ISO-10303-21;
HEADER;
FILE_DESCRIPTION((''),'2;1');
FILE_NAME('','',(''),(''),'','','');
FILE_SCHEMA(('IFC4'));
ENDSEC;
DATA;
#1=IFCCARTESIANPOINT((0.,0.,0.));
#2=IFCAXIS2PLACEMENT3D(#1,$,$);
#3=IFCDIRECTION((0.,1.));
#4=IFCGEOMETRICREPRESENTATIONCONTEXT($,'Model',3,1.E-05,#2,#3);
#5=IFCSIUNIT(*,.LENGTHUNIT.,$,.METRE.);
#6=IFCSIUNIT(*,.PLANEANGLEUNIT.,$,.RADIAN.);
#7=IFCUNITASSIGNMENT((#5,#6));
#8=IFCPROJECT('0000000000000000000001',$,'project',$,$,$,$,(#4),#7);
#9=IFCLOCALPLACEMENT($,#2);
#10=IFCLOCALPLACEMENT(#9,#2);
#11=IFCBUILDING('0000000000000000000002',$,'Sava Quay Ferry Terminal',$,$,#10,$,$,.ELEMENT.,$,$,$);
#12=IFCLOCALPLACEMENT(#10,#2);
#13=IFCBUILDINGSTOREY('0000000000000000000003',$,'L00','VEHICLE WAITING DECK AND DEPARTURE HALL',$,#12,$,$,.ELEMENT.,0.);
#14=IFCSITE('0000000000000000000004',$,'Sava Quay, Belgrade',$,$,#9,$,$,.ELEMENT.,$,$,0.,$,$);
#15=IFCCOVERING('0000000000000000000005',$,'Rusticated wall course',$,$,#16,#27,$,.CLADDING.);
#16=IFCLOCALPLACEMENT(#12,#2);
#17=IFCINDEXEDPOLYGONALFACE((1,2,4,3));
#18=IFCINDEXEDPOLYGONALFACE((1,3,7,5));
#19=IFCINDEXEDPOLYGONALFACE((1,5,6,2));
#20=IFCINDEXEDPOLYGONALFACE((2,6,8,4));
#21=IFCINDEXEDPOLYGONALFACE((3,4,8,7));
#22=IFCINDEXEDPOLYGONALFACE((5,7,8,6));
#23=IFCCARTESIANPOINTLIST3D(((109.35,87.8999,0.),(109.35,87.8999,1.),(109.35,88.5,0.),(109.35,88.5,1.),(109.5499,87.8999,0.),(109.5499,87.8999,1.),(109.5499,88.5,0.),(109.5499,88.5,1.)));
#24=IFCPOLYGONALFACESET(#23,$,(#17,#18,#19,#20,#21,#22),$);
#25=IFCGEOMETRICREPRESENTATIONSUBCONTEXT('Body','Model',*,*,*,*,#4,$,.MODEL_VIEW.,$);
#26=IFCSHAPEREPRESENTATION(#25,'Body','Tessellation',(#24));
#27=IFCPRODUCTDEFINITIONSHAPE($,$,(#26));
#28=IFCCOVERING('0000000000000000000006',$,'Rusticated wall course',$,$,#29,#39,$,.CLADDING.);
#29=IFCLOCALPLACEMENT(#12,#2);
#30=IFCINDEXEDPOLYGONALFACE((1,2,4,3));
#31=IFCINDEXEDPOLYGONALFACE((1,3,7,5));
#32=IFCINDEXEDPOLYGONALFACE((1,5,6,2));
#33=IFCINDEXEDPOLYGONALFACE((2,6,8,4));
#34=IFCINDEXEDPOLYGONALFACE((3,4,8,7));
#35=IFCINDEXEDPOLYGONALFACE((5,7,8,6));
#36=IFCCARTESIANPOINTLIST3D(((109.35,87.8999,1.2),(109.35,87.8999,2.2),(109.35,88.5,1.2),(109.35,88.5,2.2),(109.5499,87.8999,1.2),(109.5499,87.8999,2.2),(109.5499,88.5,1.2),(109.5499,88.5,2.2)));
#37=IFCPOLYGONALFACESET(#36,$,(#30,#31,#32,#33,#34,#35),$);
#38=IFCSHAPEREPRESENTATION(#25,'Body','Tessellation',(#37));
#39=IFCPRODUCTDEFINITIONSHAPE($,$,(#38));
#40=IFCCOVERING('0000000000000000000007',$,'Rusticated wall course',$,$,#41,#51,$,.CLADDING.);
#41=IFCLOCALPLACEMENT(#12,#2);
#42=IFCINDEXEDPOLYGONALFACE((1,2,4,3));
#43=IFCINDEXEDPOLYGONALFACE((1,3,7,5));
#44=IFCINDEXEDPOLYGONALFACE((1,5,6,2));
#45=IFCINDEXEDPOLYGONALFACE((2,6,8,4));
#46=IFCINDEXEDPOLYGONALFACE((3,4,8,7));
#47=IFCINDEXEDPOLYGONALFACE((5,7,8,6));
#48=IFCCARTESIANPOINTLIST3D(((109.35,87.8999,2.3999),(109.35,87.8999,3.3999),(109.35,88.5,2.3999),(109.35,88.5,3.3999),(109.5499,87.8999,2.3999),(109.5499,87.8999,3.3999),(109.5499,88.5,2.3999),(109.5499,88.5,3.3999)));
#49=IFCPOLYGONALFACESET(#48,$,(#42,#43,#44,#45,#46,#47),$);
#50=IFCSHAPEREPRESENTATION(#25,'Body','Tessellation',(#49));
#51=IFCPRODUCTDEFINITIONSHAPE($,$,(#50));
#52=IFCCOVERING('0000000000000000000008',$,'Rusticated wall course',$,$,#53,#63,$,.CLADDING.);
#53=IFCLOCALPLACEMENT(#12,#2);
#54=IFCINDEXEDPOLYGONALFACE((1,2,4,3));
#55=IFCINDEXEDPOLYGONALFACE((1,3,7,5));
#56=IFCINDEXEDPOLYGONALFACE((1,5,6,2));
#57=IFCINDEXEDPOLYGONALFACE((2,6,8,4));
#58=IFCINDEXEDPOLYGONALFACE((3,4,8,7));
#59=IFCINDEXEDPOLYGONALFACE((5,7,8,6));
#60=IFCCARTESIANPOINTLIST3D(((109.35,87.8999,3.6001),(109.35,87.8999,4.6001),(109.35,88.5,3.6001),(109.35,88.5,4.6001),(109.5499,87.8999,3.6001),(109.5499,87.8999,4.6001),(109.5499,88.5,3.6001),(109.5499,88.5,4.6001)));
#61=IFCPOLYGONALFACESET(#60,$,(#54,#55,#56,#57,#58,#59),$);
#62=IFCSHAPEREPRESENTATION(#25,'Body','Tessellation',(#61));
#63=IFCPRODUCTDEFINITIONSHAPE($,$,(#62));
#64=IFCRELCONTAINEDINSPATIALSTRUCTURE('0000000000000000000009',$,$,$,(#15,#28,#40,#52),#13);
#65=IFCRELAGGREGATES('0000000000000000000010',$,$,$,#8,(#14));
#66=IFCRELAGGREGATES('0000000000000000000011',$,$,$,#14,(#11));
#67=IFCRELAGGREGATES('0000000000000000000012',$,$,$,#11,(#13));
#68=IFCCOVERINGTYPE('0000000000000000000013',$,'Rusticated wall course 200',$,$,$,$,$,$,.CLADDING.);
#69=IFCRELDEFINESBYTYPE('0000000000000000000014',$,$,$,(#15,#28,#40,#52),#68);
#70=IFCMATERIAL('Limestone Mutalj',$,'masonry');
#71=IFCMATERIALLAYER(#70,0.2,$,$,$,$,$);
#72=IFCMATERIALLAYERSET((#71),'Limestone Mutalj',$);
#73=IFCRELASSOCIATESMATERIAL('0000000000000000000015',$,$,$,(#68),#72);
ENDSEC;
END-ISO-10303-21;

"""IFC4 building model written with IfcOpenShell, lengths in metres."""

from ifc_helpers import new_model, si_unit, direction, frame, origin, origin_2d, place, context, subcontext, project, spatial, rectangle, extrude, material, layer, layer_set, type_object, element, save


model = new_model("IFC4")

# Units and contexts
model_context = context("Model", 3, precision=1e-05, world=origin(), true_north=direction((0.0, 1.0)))
body_context = subcontext(model_context, "Body", "Model", "MODEL_VIEW")
ifc_project = project(units=[si_unit("LENGTHUNIT", "METRE"), si_unit("PLANEANGLEUNIT", "RADIAN")], contexts=[model_context])

# Site, building, storey
site_placement = place(None, origin())
site = spatial("IfcSite", under=ifc_project, at=site_placement, Name="Sava Quay, Belgrade", CompositionType="ELEMENT", RefElevation=0.0)
building_placement = place(site_placement, origin())
building = spatial("IfcBuilding", under=site, at=building_placement, Name="Sava Quay Ferry Terminal", CompositionType="ELEMENT")
storey_placement = place(building_placement, origin())
storey = spatial("IfcBuildingStorey", under=building, at=storey_placement, Name="L00", Description="VEHICLE WAITING DECK AND DEPARTURE HALL", CompositionType="ELEMENT", Elevation=0.0)

# Coverings
ifc_material_1 = material(Name="Limestone Mutalj", Category="masonry")
ifc_layer_1 = layer(ifc_material_1, 0.2)
ifc_layer_set_1 = layer_set([ifc_layer_1], Name="Limestone Mutalj")
covering_type_1 = type_object("IfcCoveringType", Name="Rusticated wall course 200", PredefinedType="CLADDING", material=ifc_layer_set_1)
for number, where, z_axis, x_axis, name in (
    (1, (109.45, 88.2, 0.0), (0.0, 0.0, 1.0), (1.0, 0.0, 0.0), "Rusticated wall course"),
    (2, (109.45, 88.2, 1.2), (0.0, 0.0, 1.0), (1.0, 0.0, 0.0), "Rusticated wall course"),
    (3, (109.45, 88.2, 2.3999), (0.0, 0.0, 1.0), (1.0, 0.0, 0.0), "Rusticated wall course"),
    (4, (109.45, 88.2, 3.6001), (0.0, 0.0, 1.0), (1.0, 0.0, 0.0), "Rusticated wall course"),
):
    element("IfcCovering", number, at=place(storey_placement, frame(where, z_axis=z_axis, x_axis=x_axis)), inside=storey, type_object=covering_type_1, Name=name, PredefinedType="CLADDING", context=body_context, shape_type="SweptSolid", body=[
        extrude(rectangle(XDim=0.2, YDim=0.6001, at=origin_2d()), origin(), (0.0, 0.0, 1.0), 1.0),
    ])

save(model, "model.ifc")
